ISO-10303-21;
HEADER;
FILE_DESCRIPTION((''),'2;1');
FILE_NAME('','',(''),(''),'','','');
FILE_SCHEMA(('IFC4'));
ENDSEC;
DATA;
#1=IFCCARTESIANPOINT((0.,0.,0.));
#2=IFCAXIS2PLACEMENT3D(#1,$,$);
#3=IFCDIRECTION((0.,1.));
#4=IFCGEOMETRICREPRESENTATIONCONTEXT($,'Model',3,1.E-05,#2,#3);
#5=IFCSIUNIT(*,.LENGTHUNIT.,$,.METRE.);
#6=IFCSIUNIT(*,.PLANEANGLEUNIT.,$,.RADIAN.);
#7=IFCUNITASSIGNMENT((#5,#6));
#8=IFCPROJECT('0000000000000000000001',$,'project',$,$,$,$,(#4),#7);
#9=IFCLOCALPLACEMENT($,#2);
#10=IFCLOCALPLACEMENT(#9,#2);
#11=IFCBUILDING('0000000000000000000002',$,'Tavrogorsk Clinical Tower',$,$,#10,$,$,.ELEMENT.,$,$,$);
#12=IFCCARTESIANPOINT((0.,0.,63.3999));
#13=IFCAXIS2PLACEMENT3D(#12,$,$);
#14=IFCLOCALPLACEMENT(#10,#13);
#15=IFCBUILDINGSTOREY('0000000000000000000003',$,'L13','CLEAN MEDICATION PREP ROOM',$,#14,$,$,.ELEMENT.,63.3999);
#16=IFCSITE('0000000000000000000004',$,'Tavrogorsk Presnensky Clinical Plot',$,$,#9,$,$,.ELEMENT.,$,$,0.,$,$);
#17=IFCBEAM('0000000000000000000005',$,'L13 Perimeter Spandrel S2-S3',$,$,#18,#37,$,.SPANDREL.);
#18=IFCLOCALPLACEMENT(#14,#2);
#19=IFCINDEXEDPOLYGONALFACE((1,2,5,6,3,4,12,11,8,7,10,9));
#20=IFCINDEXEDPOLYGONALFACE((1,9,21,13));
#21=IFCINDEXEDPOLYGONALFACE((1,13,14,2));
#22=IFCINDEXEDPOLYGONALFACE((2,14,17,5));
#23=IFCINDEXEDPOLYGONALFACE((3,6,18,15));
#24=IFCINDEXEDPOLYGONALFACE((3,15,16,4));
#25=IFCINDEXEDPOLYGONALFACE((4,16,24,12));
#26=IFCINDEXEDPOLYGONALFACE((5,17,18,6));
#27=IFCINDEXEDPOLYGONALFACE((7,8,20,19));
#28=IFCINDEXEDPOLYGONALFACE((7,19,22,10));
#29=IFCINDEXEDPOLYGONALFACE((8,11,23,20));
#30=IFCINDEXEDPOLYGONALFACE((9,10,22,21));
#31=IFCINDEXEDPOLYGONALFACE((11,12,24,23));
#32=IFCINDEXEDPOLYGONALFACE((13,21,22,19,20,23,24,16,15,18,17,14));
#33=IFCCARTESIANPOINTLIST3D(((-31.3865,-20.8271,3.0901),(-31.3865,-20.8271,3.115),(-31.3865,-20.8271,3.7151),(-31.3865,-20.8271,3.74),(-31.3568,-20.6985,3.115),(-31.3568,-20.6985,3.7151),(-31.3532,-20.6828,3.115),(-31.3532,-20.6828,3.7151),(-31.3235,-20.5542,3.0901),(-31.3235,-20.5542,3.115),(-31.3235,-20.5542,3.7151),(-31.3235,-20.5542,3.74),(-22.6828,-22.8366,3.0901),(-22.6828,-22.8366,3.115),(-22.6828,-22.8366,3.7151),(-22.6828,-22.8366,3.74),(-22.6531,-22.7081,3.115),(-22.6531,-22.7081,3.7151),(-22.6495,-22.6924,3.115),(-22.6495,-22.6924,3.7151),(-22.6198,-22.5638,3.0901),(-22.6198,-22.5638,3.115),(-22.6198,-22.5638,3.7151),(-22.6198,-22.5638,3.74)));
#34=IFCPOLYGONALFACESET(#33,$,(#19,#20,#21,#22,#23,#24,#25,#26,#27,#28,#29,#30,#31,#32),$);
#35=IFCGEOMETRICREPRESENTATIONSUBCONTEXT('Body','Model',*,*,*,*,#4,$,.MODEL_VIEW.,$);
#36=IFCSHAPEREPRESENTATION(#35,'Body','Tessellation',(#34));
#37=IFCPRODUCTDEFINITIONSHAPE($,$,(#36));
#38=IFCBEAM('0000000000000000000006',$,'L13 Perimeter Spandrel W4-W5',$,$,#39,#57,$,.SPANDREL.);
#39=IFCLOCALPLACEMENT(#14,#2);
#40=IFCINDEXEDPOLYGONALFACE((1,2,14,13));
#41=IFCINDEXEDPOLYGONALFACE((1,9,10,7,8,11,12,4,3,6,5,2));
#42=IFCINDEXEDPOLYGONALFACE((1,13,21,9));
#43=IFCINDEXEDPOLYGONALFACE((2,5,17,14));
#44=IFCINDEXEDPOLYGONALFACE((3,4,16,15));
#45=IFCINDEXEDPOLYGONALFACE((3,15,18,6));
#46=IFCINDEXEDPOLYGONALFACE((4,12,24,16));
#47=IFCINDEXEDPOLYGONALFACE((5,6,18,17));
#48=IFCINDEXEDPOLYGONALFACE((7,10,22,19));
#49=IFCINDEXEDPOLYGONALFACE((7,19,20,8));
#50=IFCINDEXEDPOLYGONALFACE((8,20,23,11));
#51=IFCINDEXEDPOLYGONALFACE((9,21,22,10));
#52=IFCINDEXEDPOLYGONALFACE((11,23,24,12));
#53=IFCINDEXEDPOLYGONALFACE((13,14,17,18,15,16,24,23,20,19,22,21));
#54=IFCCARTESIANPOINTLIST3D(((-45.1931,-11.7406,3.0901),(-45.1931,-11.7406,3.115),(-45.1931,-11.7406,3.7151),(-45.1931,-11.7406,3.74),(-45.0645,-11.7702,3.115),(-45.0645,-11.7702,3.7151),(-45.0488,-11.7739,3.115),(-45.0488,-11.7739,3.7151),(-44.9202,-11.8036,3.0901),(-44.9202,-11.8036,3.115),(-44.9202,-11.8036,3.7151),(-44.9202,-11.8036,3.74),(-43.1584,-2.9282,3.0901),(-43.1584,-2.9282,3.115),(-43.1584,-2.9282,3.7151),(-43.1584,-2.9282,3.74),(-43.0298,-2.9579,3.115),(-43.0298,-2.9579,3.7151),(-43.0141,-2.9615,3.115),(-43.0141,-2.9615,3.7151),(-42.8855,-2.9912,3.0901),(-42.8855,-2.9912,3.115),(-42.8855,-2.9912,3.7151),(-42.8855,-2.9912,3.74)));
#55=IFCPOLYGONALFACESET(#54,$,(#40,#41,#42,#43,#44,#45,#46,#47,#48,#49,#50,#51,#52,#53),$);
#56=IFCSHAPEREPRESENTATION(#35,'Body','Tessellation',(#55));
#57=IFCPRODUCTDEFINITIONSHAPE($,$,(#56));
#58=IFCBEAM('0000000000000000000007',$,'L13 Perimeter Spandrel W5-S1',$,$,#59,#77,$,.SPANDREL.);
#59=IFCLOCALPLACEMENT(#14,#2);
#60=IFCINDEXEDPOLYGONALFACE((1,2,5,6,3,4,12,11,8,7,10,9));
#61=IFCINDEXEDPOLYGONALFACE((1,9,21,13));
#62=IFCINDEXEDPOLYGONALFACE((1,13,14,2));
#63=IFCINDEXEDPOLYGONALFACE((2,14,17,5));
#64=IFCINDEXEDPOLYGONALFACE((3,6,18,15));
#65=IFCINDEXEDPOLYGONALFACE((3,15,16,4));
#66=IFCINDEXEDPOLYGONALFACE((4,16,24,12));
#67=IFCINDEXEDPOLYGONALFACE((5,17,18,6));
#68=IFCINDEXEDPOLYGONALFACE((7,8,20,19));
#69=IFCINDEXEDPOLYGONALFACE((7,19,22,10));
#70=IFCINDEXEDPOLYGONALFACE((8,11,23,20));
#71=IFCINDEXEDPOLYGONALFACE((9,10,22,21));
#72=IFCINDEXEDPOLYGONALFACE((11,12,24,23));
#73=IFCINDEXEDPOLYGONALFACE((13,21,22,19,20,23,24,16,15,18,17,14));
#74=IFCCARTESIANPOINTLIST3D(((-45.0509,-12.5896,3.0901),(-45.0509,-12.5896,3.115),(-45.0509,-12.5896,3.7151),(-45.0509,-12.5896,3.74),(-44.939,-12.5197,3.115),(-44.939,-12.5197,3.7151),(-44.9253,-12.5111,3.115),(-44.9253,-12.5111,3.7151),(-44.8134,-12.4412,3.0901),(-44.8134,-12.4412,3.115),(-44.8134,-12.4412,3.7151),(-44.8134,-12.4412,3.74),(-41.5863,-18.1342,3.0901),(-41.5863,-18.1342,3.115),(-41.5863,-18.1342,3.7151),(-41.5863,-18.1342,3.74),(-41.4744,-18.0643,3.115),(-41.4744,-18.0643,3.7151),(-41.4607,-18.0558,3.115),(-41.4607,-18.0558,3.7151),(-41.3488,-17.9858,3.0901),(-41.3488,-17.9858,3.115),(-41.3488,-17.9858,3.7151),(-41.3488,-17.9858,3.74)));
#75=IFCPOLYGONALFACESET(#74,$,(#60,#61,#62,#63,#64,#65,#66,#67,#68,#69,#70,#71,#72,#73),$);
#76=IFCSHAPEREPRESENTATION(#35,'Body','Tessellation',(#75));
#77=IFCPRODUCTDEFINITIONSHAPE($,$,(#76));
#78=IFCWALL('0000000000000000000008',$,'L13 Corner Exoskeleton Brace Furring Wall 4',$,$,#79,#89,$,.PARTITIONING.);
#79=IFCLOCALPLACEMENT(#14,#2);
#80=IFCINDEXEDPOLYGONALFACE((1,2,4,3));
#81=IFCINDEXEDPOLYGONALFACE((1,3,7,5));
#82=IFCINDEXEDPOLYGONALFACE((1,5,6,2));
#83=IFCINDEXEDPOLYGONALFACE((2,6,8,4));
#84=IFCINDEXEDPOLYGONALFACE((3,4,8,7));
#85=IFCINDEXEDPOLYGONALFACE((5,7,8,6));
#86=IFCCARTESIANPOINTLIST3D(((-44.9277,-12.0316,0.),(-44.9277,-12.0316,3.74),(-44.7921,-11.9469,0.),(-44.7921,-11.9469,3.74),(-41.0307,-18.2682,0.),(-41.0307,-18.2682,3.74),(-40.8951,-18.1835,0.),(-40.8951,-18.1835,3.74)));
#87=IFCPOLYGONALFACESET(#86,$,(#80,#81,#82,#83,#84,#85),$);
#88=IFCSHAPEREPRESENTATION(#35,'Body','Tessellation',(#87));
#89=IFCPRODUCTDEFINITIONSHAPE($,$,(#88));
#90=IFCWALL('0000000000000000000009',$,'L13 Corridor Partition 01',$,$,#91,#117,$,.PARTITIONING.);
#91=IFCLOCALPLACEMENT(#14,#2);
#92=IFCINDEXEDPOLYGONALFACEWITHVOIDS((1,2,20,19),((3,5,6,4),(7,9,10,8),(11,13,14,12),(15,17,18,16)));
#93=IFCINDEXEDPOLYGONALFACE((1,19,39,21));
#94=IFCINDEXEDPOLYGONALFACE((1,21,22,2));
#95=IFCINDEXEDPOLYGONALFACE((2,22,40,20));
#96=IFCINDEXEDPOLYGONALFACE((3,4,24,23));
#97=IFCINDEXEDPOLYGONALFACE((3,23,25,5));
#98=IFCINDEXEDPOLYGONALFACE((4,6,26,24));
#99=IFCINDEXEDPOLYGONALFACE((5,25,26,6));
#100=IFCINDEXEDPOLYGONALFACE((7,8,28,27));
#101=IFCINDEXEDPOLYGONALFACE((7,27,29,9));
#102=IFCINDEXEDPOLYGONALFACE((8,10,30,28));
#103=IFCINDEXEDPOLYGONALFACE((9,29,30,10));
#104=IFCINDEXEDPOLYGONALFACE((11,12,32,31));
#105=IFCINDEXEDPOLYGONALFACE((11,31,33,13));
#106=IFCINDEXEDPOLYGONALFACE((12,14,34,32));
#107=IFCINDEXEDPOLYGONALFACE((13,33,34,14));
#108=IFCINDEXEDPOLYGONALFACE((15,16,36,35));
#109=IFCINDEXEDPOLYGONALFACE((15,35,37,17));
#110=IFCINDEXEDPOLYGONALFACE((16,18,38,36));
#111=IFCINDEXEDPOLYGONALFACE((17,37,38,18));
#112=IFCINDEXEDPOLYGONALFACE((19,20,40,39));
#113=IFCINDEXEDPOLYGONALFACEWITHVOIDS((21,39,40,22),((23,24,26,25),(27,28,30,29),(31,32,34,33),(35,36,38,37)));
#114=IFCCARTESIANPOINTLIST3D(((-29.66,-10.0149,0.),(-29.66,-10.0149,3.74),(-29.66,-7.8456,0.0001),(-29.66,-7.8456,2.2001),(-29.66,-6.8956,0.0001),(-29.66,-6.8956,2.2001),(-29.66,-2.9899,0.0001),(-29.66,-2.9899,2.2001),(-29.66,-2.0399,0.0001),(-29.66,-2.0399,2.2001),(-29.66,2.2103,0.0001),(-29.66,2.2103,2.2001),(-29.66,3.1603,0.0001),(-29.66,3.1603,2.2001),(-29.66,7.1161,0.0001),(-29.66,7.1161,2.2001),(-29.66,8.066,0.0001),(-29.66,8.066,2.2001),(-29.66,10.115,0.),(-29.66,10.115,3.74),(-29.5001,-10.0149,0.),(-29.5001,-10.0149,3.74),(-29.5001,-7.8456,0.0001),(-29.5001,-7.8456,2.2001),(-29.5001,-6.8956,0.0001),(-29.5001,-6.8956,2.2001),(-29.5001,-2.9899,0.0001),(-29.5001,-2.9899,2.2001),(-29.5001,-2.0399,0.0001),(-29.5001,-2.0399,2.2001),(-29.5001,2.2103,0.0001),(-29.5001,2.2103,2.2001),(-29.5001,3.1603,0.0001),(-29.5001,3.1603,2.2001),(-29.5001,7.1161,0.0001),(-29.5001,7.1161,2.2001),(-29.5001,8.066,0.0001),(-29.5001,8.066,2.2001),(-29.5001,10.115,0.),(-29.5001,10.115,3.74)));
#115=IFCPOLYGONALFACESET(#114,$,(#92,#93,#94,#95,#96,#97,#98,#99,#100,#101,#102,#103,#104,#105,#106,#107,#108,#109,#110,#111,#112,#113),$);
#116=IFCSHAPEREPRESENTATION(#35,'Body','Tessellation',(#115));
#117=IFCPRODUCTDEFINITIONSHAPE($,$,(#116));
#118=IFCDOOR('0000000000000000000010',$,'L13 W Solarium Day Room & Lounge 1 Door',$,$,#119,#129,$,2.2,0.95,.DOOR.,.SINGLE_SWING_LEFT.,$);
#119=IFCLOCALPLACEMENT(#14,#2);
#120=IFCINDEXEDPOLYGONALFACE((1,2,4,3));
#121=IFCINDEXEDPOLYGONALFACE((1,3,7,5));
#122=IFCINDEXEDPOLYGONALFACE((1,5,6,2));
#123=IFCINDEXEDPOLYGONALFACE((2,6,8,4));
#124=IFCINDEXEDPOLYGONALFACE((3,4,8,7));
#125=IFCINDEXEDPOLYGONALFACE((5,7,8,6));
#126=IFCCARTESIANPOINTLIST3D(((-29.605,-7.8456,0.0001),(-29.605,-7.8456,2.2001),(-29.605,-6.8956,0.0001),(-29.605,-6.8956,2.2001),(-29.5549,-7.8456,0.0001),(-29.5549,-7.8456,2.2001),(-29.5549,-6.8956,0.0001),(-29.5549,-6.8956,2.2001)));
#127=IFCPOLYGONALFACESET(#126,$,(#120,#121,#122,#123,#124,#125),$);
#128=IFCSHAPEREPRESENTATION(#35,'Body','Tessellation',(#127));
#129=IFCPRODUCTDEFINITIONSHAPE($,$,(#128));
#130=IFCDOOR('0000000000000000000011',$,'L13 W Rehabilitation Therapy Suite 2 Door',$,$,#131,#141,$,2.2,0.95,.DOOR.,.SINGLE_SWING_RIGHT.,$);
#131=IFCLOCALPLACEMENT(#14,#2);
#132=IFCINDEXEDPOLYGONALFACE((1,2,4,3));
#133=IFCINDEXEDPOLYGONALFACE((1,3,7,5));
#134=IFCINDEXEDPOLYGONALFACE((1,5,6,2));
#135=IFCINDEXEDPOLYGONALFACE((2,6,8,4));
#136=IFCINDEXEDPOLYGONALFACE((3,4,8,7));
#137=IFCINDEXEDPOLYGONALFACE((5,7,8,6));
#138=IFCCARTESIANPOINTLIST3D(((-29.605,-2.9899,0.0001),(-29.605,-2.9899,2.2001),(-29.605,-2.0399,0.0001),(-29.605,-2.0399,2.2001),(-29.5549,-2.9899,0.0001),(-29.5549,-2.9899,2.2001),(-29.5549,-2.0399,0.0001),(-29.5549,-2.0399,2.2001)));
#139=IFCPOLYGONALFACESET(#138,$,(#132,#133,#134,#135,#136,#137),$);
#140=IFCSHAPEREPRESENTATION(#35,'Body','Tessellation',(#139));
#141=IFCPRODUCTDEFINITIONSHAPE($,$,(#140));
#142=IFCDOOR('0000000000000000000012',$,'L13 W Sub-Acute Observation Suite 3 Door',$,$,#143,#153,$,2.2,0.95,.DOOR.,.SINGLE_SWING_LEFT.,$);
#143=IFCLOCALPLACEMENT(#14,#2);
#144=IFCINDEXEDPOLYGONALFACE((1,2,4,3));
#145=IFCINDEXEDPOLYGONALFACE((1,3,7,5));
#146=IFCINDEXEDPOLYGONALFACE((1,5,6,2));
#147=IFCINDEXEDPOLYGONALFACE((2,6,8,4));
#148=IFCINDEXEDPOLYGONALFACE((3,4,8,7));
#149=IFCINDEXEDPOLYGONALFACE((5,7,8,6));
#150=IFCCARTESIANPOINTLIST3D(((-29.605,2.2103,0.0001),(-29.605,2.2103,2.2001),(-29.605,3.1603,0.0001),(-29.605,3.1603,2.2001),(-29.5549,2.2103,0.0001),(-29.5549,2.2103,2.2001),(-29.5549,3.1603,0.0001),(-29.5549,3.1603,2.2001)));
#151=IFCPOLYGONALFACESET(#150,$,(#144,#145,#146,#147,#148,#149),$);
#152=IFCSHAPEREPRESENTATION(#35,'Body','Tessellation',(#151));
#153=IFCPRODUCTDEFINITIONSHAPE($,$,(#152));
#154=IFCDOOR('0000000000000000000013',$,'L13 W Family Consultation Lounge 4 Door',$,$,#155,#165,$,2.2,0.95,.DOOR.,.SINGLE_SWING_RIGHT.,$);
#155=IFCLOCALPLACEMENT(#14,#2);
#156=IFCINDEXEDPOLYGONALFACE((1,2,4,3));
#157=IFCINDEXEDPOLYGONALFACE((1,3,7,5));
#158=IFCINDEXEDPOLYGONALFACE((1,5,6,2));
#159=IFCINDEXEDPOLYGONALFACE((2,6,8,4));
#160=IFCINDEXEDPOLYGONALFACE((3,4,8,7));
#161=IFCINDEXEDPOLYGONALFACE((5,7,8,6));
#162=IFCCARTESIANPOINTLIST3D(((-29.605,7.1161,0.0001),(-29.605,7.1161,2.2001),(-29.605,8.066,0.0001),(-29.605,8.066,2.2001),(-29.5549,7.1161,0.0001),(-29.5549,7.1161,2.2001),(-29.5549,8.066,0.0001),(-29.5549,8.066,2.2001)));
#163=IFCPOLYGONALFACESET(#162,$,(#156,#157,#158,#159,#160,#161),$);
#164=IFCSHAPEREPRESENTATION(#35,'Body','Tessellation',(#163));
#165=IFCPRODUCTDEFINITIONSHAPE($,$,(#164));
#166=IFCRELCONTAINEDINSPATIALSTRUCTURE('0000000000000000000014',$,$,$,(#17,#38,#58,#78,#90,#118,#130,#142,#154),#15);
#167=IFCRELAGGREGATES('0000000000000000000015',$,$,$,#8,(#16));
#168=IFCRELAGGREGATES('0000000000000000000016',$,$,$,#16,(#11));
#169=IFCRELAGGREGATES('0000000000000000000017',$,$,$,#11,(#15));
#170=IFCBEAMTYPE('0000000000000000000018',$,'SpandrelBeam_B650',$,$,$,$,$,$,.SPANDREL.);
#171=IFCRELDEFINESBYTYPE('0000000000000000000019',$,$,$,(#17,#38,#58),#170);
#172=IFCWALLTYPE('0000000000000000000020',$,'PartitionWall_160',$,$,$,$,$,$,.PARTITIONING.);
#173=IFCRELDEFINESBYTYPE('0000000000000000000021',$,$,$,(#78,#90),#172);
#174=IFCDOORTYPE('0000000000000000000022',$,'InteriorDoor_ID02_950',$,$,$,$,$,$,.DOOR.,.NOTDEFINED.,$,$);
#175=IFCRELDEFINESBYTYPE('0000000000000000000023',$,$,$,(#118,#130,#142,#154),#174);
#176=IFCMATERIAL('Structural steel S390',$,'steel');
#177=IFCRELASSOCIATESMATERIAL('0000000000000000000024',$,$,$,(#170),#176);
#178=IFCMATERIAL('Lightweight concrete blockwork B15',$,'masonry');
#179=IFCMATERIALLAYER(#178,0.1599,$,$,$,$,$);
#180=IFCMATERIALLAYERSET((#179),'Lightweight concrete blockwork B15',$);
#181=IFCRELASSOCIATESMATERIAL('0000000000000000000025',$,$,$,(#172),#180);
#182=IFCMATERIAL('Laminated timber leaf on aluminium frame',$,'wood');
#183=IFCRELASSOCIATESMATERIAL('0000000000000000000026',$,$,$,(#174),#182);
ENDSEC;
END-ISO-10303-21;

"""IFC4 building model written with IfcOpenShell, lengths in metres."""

from ifc_helpers import new_model, si_unit, direction, frame, frame_2d, origin, origin_2d, place, context, subcontext, project, spatial, rectangle, i_section, extrude, material, layer, layer_set, material_profile, profile_set, type_object, element, fill, save


model = new_model("IFC4")

# Units and contexts
model_context = context("Model", 3, precision=1e-05, world=origin(), true_north=direction((0.0, 1.0)))
body_context = subcontext(model_context, "Body", "Model", "MODEL_VIEW")
ifc_project = project(units=[si_unit("LENGTHUNIT", "METRE"), si_unit("PLANEANGLEUNIT", "RADIAN")], contexts=[model_context])

# Site, building, storey
site_placement = place(None, origin())
site = spatial("IfcSite", under=ifc_project, at=site_placement, Name="Tavrogorsk Presnensky Clinical Plot", CompositionType="ELEMENT", RefElevation=0.0)
building_placement = place(site_placement, origin())
building = spatial("IfcBuilding", under=site, at=building_placement, Name="Tavrogorsk Clinical Tower", CompositionType="ELEMENT")
storey_placement = place(building_placement, frame((0.0, 0.0, 63.3999)))
storey = spatial("IfcBuildingStorey", under=building, at=storey_placement, Name="L13", Description="CLEAN MEDICATION PREP ROOM", CompositionType="ELEMENT", Elevation=63.3999)

# Beams
ifc_material_1 = material(Name="Structural steel S390", Category="steel")
ifc_material_profile_1 = material_profile(ifc_material_1, i_section(OverallWidth=0.28, OverallDepth=0.6499, WebThickness=0.0161, FlangeThickness=0.0249, at=origin_2d()), Name="B-650x280x16x25")
ifc_profile_set_1 = profile_set([ifc_material_profile_1], Name="Structural steel S390")
beam_type = type_object("IfcBeamType", Name="SpandrelBeam_B650", PredefinedType="SPANDREL", material=ifc_profile_set_1)
for number, where, z_axis, x_axis, name in (
    (1, (-31.355, -20.6907, 3.415), (0.974367, -0.224965, 0.0), (0.224965, 0.974367, 0.0), "L13 Perimeter Spandrel S2-S3"),
):
    element("IfcBeam", number, at=place(storey_placement, frame(where, z_axis=z_axis, x_axis=x_axis)), inside=storey, type_object=beam_type, Name=name, PredefinedType="SPANDREL", context=body_context, shape_type="SweptSolid", body=[
        extrude(i_section(OverallWidth=0.28, OverallDepth=0.6499, WebThickness=0.0161, FlangeThickness=0.0249, at=origin_2d()), origin(), (0.0, 0.0, 1.0), 8.9326),
    ])
beam_1_placement = place(storey_placement, frame((-43.022, -2.9597, 3.415), z_axis=(-0.224972, -0.974365, 0.0), x_axis=(0.974365, -0.224972, 0.0)))
element("IfcBeam", 2, at=beam_1_placement, inside=storey, type_object=beam_type, Name="L13 Perimeter Spandrel W4-W5", PredefinedType="SPANDREL", context=body_context, shape_type="SweptSolid", body=[
    extrude(i_section(OverallWidth=0.28, OverallDepth=0.6499, WebThickness=0.0161, FlangeThickness=0.0249, at=origin_2d()), origin(), (0.0, 0.0, 1.0), 9.0442),
])
beam_2_placement = place(storey_placement, frame((-44.9321, -12.5154, 3.415), z_axis=(0.529908, -0.848055, 0.0), x_axis=(0.848055, 0.529908, 0.0)))
element("IfcBeam", 3, at=beam_2_placement, inside=storey, type_object=beam_type, Name="L13 Perimeter Spandrel W5-S1", PredefinedType="SPANDREL", context=body_context, shape_type="SweptSolid", body=[
    extrude(i_section(OverallWidth=0.28, OverallDepth=0.6499, WebThickness=0.0161, FlangeThickness=0.0249, at=origin_2d()), origin(), (0.0, 0.0, 1.0), 6.5381),
])

# Wall
ifc_material_2 = material(Name="Lightweight concrete blockwork B15", Category="masonry")
ifc_layer_1 = layer(ifc_material_2, 0.1599)
ifc_layer_set_1 = layer_set([ifc_layer_1], Name="Lightweight concrete blockwork B15")
wall_type_1 = type_object("IfcWallType", Name="PartitionWall_160", PredefinedType="PARTITIONING", material=ifc_layer_set_1)
wall_1_placement = place(storey_placement, frame((-44.8599, -11.9893, 0.0), z_axis=(0.0, 0.0, 1.0), x_axis=(0.529912, -0.848052, 0.0)))
element("IfcWall", 4, at=wall_1_placement, inside=storey, type_object=wall_type_1, Name="L13 Corner Exoskeleton Brace Furring Wall 4", PredefinedType="PARTITIONING", context=body_context, shape_type="SweptSolid", body=[
    extrude(rectangle(XDim=7.354, YDim=0.1599, at=frame_2d((3.677, 0.0))), origin(), (0.0, 0.0, 1.0), 3.74),
])

# Wall, openings, doors
wall_2_placement = place(storey_placement, frame((-29.5801, -10.0149, 0.0), z_axis=(0.0, 0.0, 1.0), x_axis=(0.0, 1.0, 0.0)))
wall_2 = element("IfcWall", 5, at=wall_2_placement, inside=storey, type_object=wall_type_1, Name="L13 Corridor Partition 01", PredefinedType="PARTITIONING", context=body_context, shape_type="SweptSolid", body=[
    extrude(rectangle(XDim=20.1299, YDim=0.1599, at=frame_2d((10.0649, 0.0))), origin(), (0.0, 0.0, 1.0), 3.74),
])
opening_1_placement = place(wall_2_placement, frame((2.1692, 0.0, 0.0)))
opening_1 = element("IfcOpeningElement", 6, at=opening_1_placement, cuts=wall_2, PredefinedType="OPENING", context=body_context, shape_type="SweptSolid", body=[
    extrude(rectangle(XDim=0.95, YDim=2.2, at=frame_2d((0.4751, 1.1001))), frame((0.0, 0.0898, 0.0), z_axis=(0.0, -1.0, 0.0), x_axis=(1.0, 0.0, 0.0)), (0.0, 0.0, 1.0), 0.1799),
])
opening_2_placement = place(wall_2_placement, frame((7.0249, 0.0, 0.0)))
opening_2 = element("IfcOpeningElement", 7, at=opening_2_placement, cuts=wall_2, PredefinedType="OPENING", context=body_context, shape_type="SweptSolid", body=[
    extrude(rectangle(XDim=0.95, YDim=2.2, at=frame_2d((0.4751, 1.1001))), frame((0.0, 0.0898, 0.0), z_axis=(0.0, -1.0, 0.0), x_axis=(1.0, 0.0, 0.0)), (0.0, 0.0, 1.0), 0.1799),
])
opening_3_placement = place(wall_2_placement, frame((12.2251, 0.0, 0.0)))
opening_3 = element("IfcOpeningElement", 8, at=opening_3_placement, cuts=wall_2, PredefinedType="OPENING", context=body_context, shape_type="SweptSolid", body=[
    extrude(rectangle(XDim=0.95, YDim=2.2, at=frame_2d((0.4751, 1.1001))), frame((0.0, 0.0898, 0.0), z_axis=(0.0, -1.0, 0.0), x_axis=(1.0, 0.0, 0.0)), (0.0, 0.0, 1.0), 0.1799),
])
opening_4_placement = place(wall_2_placement, frame((17.1309, 0.0, 0.0)))
opening_4 = element("IfcOpeningElement", 9, at=opening_4_placement, cuts=wall_2, PredefinedType="OPENING", context=body_context, shape_type="SweptSolid", body=[
    extrude(rectangle(XDim=0.95, YDim=2.2, at=frame_2d((0.4751, 1.1001))), frame((0.0, 0.0898, 0.0), z_axis=(0.0, -1.0, 0.0), x_axis=(1.0, 0.0, 0.0)), (0.0, 0.0, 1.0), 0.1799),
])
ifc_material_3 = material(Name="Laminated timber leaf on aluminium frame", Category="wood")
door_type = type_object("IfcDoorType", Name="InteriorDoor_ID02_950", OperationType="NOTDEFINED", PredefinedType="DOOR", material=ifc_material_3)
door_1_placement = place(opening_1_placement, origin())
door_1 = element("IfcDoor", 10, at=door_1_placement, inside=storey, type_object=door_type, Name="L13 W Solarium Day Room & Lounge 1 Door", OperationType="SINGLE_SWING_LEFT", OverallHeight=2.2, OverallWidth=0.95, PredefinedType="DOOR", context=body_context, shape_type="SweptSolid", body=[
    extrude(rectangle(XDim=0.95, YDim=2.2, at=frame_2d((0.4751, 1.1001))), frame((0.0, 0.0249, 0.0), z_axis=(0.0, -1.0, 0.0), x_axis=(1.0, 0.0, 0.0)), (0.0, 0.0, 1.0), 0.05),
])
fill(opening_1, door_1)
door_2_placement = place(opening_2_placement, origin())
door_2 = element("IfcDoor", 11, at=door_2_placement, inside=storey, type_object=door_type, Name="L13 W Rehabilitation Therapy Suite 2 Door", OperationType="SINGLE_SWING_RIGHT", OverallHeight=2.2, OverallWidth=0.95, PredefinedType="DOOR", context=body_context, shape_type="SweptSolid", body=[
    extrude(rectangle(XDim=0.95, YDim=2.2, at=frame_2d((0.4751, 1.1001))), frame((0.0, 0.0249, 0.0), z_axis=(0.0, -1.0, 0.0), x_axis=(1.0, 0.0, 0.0)), (0.0, 0.0, 1.0), 0.05),
])
fill(opening_2, door_2)
door_3_placement = place(opening_3_placement, origin())
door_3 = element("IfcDoor", 12, at=door_3_placement, inside=storey, type_object=door_type, Name="L13 W Sub-Acute Observation Suite 3 Door", OperationType="SINGLE_SWING_LEFT", OverallHeight=2.2, OverallWidth=0.95, PredefinedType="DOOR", context=body_context, shape_type="SweptSolid", body=[
    extrude(rectangle(XDim=0.95, YDim=2.2, at=frame_2d((0.4751, 1.1001))), frame((0.0, 0.0249, 0.0), z_axis=(0.0, -1.0, 0.0), x_axis=(1.0, 0.0, 0.0)), (0.0, 0.0, 1.0), 0.05),
])
fill(opening_3, door_3)
door_4_placement = place(opening_4_placement, origin())
door_4 = element("IfcDoor", 13, at=door_4_placement, inside=storey, type_object=door_type, Name="L13 W Family Consultation Lounge 4 Door", OperationType="SINGLE_SWING_RIGHT", OverallHeight=2.2, OverallWidth=0.95, PredefinedType="DOOR", context=body_context, shape_type="SweptSolid", body=[
    extrude(rectangle(XDim=0.95, YDim=2.2, at=frame_2d((0.4751, 1.1001))), frame((0.0, 0.0249, 0.0), z_axis=(0.0, -1.0, 0.0), x_axis=(1.0, 0.0, 0.0)), (0.0, 0.0, 1.0), 0.05),
])
fill(opening_4, door_4)

save(model, "model.ifc")
